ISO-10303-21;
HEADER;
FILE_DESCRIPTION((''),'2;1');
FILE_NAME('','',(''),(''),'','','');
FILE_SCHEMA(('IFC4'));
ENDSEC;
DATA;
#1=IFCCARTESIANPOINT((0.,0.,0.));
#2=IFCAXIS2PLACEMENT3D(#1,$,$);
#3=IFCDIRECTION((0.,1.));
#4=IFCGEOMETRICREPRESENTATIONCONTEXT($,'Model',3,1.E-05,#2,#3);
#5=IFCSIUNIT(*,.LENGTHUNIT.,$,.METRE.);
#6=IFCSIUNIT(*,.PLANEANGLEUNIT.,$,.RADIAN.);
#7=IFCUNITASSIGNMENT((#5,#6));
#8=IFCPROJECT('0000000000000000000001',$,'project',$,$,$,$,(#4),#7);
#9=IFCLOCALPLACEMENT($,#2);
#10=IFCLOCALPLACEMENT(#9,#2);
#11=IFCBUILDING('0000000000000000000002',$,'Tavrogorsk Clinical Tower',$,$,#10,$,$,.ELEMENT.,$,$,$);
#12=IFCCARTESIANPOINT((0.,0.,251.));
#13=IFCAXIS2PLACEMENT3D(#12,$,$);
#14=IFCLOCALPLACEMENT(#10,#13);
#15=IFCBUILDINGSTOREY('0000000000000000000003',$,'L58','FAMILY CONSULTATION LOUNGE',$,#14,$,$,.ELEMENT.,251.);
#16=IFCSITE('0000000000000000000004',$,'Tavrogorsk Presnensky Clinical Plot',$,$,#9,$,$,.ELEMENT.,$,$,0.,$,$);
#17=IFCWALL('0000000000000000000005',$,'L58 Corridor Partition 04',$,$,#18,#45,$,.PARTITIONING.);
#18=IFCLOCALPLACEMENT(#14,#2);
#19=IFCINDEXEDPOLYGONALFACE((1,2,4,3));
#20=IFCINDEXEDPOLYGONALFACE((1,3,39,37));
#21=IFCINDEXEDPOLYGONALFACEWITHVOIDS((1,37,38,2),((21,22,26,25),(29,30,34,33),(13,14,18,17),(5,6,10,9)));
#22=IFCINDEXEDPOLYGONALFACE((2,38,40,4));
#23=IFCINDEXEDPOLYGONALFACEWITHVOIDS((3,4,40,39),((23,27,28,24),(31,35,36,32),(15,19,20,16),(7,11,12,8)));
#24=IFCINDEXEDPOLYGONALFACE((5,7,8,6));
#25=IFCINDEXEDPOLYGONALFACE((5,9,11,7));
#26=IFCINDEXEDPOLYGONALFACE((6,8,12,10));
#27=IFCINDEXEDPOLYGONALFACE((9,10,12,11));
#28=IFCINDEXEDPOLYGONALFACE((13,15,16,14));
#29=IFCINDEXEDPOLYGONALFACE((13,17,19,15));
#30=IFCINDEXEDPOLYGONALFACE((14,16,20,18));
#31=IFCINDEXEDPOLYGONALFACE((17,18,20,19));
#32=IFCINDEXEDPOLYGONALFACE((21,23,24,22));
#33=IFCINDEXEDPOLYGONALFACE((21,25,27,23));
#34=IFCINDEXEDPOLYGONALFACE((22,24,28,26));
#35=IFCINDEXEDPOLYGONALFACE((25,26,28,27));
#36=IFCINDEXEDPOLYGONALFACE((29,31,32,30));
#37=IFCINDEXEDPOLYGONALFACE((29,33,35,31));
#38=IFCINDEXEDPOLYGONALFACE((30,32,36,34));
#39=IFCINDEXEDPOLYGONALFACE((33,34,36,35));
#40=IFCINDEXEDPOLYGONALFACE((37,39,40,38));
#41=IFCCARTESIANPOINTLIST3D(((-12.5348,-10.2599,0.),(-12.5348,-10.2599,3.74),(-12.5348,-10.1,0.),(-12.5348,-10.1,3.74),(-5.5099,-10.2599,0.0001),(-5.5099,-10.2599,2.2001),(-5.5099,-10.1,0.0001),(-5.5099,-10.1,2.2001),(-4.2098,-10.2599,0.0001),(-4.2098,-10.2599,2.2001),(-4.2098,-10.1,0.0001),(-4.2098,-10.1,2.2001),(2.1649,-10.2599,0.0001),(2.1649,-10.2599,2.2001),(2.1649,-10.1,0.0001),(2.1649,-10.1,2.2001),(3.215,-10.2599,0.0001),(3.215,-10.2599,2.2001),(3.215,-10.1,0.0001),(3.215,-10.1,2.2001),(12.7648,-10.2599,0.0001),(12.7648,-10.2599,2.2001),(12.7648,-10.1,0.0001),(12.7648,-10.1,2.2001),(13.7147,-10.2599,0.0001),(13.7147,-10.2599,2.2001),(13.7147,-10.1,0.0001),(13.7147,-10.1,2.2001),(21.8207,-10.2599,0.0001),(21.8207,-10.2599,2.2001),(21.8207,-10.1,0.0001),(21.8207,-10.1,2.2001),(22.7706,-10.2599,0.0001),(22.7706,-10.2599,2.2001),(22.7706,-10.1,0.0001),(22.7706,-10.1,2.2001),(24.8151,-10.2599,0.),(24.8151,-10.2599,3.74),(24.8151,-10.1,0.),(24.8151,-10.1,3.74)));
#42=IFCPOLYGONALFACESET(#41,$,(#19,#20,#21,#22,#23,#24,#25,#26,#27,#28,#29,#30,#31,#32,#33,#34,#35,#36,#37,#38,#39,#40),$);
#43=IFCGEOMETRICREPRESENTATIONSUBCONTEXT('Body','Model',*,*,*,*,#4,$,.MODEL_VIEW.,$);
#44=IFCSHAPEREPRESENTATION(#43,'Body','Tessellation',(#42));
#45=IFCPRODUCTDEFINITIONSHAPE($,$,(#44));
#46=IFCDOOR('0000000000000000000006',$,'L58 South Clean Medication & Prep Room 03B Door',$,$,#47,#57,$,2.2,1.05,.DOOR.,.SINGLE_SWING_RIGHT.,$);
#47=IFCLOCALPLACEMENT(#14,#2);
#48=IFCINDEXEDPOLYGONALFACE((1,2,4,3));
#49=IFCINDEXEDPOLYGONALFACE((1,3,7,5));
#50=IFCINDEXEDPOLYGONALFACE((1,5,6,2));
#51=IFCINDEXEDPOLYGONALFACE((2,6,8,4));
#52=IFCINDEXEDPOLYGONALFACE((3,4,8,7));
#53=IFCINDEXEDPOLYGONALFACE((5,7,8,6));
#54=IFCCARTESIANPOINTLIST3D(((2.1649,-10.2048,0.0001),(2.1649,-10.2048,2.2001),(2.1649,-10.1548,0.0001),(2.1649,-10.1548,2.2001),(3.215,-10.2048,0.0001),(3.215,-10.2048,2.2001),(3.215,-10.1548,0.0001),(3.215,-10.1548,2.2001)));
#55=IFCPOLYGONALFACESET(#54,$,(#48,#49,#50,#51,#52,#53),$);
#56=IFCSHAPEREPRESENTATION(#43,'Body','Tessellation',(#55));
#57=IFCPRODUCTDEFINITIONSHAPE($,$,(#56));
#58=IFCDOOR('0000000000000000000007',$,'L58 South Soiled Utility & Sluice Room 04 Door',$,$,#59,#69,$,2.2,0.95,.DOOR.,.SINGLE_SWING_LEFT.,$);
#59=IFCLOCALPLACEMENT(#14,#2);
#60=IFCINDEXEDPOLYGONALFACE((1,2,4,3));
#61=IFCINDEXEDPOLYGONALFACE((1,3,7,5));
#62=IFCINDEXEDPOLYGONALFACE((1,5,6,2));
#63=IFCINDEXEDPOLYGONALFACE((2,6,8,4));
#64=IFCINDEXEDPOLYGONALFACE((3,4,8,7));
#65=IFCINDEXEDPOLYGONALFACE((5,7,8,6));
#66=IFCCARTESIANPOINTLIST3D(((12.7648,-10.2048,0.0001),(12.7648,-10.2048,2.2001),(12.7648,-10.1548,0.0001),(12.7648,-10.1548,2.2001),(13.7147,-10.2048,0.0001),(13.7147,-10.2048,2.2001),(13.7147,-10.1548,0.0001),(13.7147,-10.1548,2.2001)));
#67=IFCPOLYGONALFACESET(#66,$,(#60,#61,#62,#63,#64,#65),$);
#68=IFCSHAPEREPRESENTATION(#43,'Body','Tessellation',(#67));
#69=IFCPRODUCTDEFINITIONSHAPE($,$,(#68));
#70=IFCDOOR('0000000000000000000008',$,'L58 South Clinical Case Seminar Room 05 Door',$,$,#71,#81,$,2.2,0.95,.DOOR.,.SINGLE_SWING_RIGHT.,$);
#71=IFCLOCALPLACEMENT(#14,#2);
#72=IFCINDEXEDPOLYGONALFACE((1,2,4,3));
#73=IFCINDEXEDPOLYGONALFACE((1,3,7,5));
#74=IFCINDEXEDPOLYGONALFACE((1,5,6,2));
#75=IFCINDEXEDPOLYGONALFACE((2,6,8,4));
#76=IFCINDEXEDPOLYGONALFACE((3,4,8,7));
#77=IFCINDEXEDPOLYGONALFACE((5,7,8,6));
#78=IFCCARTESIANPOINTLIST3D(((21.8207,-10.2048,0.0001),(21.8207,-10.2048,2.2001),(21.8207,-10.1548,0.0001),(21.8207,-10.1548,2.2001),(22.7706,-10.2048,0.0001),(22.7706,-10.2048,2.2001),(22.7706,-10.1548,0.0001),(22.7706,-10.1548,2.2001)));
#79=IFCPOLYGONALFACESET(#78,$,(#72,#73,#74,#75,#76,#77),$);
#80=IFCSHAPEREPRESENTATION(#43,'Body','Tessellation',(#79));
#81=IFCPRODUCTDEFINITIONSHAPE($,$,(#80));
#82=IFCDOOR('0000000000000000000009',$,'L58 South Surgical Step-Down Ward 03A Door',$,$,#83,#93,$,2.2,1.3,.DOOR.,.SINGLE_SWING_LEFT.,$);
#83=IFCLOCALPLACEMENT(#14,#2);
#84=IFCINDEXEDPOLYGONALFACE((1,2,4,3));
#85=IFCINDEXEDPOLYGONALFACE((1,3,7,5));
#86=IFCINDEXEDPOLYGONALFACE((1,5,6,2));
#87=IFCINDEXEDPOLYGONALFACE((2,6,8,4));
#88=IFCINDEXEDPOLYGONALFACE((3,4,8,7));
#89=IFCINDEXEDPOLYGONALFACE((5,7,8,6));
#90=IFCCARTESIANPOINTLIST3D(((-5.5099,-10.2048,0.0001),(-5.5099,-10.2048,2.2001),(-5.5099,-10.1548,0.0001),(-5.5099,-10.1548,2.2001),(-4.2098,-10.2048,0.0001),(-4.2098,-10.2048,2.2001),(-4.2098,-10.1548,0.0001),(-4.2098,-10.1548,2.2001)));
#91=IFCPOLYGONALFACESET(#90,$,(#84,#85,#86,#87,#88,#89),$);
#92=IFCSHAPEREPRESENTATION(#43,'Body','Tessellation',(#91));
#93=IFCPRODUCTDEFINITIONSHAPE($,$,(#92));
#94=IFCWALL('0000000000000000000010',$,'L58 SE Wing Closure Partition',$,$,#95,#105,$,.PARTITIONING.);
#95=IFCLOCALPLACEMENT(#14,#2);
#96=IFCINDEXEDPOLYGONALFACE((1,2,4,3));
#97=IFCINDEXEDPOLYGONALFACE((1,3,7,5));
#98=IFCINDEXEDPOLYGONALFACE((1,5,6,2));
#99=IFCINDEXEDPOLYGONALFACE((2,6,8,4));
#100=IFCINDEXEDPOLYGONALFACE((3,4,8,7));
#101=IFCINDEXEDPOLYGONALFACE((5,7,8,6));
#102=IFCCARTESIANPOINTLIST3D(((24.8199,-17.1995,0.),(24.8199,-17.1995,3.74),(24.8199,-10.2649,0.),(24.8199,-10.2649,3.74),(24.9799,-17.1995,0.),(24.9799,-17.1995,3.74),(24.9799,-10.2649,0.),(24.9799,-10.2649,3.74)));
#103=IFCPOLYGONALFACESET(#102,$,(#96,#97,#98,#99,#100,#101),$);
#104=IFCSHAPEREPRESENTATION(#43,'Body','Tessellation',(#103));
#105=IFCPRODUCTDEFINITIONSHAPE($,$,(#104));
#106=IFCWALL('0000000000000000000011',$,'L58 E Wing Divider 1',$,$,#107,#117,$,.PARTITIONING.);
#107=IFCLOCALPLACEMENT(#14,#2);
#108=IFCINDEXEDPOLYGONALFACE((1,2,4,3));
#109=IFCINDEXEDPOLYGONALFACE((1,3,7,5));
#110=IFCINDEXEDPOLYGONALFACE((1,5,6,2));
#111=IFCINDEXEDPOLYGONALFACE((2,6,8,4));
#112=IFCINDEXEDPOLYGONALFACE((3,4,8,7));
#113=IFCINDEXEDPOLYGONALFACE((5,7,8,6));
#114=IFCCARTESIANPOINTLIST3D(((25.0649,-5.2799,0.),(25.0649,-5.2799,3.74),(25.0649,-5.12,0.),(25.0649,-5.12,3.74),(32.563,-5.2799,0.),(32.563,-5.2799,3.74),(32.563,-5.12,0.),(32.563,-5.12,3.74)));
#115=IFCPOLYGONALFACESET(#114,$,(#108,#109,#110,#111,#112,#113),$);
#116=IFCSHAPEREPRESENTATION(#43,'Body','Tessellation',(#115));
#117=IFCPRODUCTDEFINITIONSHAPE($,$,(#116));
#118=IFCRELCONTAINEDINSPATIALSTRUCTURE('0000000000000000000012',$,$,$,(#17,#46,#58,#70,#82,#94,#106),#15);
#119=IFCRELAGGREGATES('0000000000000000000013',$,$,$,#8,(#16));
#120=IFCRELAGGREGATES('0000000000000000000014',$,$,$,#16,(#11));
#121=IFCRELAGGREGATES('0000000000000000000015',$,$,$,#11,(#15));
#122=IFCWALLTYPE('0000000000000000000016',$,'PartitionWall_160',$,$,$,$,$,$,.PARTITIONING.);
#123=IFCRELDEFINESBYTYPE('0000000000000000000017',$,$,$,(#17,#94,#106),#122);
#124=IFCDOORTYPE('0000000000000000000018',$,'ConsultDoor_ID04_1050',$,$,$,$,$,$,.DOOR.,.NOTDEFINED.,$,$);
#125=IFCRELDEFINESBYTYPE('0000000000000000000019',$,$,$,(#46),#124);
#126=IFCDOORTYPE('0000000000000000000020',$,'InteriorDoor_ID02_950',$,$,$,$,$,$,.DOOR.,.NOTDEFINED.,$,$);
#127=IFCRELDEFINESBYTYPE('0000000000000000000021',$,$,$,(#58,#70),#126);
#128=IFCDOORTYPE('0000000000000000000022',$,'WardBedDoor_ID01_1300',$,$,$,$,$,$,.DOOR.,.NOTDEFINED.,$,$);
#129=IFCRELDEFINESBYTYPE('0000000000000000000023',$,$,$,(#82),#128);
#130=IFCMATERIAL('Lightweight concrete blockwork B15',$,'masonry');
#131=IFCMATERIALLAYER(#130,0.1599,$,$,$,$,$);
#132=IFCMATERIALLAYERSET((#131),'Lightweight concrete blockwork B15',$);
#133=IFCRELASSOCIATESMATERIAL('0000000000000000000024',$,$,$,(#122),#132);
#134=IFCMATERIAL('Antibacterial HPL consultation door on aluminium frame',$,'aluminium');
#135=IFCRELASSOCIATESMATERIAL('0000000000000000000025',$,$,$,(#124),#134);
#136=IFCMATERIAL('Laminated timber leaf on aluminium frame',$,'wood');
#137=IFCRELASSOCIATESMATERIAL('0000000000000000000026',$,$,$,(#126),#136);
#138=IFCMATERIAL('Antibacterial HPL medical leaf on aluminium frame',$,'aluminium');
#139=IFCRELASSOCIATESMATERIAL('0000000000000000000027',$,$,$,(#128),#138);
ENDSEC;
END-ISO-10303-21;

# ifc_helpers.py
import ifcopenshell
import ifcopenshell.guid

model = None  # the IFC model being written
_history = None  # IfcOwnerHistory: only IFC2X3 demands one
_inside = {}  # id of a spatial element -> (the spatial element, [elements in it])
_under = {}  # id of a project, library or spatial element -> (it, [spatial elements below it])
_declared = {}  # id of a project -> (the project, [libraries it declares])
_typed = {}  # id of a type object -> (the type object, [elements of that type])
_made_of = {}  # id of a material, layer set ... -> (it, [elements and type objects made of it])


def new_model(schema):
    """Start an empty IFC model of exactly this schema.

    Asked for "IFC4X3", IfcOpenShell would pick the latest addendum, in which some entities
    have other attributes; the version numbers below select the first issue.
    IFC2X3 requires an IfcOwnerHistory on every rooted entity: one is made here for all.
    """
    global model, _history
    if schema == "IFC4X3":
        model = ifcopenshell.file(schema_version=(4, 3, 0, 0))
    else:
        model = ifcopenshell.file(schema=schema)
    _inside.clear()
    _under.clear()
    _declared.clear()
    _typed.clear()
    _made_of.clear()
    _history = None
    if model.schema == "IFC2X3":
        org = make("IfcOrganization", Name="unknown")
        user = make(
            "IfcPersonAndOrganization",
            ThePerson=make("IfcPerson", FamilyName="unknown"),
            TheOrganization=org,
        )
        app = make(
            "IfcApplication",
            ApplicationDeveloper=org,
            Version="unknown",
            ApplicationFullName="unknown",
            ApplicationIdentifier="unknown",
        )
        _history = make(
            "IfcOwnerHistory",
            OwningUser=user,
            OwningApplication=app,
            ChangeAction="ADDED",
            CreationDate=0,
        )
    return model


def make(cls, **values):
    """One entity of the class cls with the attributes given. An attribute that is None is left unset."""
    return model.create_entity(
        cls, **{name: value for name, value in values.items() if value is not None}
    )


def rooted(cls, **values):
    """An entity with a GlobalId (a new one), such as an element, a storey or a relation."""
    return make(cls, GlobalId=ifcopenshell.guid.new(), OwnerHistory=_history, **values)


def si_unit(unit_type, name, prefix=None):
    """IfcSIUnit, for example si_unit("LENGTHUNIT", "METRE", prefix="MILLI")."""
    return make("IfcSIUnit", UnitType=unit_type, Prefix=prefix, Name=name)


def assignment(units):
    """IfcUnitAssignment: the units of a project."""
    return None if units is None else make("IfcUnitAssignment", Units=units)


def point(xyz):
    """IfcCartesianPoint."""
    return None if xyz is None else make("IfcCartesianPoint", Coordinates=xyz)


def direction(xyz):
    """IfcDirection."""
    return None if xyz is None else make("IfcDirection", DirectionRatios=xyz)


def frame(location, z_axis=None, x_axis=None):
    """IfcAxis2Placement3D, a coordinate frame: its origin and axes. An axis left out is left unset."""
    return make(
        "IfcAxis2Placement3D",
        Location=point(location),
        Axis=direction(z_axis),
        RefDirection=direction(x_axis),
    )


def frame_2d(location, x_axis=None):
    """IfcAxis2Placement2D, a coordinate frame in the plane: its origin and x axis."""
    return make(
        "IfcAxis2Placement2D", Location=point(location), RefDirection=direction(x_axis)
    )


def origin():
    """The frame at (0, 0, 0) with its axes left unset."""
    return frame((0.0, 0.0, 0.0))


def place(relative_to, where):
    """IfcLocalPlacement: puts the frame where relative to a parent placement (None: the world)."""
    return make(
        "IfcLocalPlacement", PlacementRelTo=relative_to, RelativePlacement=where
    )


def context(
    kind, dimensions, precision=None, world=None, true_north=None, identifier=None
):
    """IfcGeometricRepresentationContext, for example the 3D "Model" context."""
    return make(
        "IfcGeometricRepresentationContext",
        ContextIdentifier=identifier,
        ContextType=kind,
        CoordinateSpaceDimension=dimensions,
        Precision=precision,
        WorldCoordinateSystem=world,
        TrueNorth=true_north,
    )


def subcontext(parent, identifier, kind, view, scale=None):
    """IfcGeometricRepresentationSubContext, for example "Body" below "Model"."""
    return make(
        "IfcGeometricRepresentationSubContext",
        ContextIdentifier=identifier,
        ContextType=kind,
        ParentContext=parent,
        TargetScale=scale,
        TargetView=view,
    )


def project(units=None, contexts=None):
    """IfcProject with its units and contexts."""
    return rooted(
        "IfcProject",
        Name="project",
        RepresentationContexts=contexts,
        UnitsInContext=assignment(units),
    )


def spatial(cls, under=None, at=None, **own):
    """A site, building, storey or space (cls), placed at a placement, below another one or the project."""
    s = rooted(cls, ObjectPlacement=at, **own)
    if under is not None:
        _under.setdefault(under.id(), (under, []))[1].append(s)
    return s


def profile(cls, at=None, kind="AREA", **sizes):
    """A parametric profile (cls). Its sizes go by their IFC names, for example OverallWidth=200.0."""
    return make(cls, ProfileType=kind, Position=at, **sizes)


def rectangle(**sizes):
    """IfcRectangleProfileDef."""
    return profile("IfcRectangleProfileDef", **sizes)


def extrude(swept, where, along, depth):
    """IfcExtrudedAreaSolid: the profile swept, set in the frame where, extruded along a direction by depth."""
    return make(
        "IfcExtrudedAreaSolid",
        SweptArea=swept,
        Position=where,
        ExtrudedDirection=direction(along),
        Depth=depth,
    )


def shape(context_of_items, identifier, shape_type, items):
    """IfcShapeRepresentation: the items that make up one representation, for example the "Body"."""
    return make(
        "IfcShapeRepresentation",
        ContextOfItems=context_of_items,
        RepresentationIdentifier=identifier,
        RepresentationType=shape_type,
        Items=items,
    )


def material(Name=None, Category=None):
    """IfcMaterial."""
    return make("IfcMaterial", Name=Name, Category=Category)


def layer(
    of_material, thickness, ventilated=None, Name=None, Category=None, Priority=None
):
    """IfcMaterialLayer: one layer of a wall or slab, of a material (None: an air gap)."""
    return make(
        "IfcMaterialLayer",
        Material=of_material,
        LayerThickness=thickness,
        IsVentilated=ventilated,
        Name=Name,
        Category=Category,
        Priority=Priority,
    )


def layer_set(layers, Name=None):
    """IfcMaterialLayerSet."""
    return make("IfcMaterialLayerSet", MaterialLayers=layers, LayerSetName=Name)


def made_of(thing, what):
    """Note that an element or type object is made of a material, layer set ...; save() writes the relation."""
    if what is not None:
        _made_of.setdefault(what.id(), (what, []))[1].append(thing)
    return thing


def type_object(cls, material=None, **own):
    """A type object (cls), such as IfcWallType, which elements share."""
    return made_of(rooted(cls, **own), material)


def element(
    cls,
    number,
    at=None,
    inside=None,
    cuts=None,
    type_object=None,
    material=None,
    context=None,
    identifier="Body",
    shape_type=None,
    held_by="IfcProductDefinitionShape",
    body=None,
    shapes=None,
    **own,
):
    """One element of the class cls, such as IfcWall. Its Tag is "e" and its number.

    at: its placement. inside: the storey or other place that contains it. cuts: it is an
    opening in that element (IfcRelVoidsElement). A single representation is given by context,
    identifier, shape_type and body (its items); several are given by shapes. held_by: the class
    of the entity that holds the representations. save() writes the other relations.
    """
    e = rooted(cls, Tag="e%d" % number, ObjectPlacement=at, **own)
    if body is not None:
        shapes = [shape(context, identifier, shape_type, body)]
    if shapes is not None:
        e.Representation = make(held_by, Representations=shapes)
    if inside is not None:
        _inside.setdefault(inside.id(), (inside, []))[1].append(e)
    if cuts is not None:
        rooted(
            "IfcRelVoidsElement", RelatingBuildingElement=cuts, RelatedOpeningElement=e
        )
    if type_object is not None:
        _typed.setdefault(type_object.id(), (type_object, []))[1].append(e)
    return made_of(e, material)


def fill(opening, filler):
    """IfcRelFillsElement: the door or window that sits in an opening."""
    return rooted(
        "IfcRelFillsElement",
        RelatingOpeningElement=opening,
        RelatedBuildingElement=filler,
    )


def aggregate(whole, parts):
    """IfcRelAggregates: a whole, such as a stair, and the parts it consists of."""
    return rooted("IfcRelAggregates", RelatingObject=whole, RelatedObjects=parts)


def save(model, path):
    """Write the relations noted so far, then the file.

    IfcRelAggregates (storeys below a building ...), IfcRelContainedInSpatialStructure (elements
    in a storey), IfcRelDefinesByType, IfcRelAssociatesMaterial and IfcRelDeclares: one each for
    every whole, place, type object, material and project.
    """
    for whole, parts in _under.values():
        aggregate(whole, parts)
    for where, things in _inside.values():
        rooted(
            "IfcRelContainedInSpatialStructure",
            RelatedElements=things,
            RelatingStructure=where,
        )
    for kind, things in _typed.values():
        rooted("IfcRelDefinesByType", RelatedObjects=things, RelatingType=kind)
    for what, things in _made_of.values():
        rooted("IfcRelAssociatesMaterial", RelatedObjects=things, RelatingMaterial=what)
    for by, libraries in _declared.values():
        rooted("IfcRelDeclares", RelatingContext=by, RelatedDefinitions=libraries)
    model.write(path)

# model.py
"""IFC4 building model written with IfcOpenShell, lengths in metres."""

from ifc_helpers import new_model, si_unit, direction, frame, frame_2d, origin, place, context, subcontext, project, spatial, rectangle, extrude, material, layer, layer_set, type_object, element, fill, save


model = new_model("IFC4")

# Units and contexts
model_context = context("Model", 3, precision=1e-05, world=origin(), true_north=direction((0.0, 1.0)))
body_context = subcontext(model_context, "Body", "Model", "MODEL_VIEW")
ifc_project = project(units=[si_unit("LENGTHUNIT", "METRE"), si_unit("PLANEANGLEUNIT", "RADIAN")], contexts=[model_context])

# Site, building, storey
site_placement = place(None, origin())
site = spatial("IfcSite", under=ifc_project, at=site_placement, Name="Tavrogorsk Presnensky Clinical Plot", CompositionType="ELEMENT", RefElevation=0.0)
building_placement = place(site_placement, origin())
building = spatial("IfcBuilding", under=site, at=building_placement, Name="Tavrogorsk Clinical Tower", CompositionType="ELEMENT")
storey_placement = place(building_placement, frame((0.0, 0.0, 251.0)))
storey = spatial("IfcBuildingStorey", under=building, at=storey_placement, Name="L58", Description="FAMILY CONSULTATION LOUNGE", CompositionType="ELEMENT", Elevation=251.0)

# Shared definitions
ifc_material_1 = material(Name="Lightweight concrete blockwork B15", Category="masonry")
ifc_layer_1 = layer(ifc_material_1, 0.1599)
ifc_layer_set_1 = layer_set([ifc_layer_1], Name="Lightweight concrete blockwork B15")
wall_type_1 = type_object("IfcWallType", Name="PartitionWall_160", PredefinedType="PARTITIONING", material=ifc_layer_set_1)

# Wall, openings, doors
wall_1_placement = place(storey_placement, frame((24.8149, -10.1799, 0.0), z_axis=(0.0, 0.0, 1.0), x_axis=(-1.0, 0.0, 0.0)))
wall_1 = element("IfcWall", 1, at=wall_1_placement, inside=storey, type_object=wall_type_1, Name="L58 Corridor Partition 04", PredefinedType="PARTITIONING", context=body_context, shape_type="SweptSolid", body=[
    extrude(rectangle(XDim=37.3499, YDim=0.1599, at=frame_2d((18.6748, 0.0))), origin(), (0.0, 0.0, 1.0), 3.74),
])
opening_1_placement = place(wall_1_placement, frame((29.0249, 0.0, 0.0)))
opening_1 = element("IfcOpeningElement", 2, at=opening_1_placement, cuts=wall_1, PredefinedType="OPENING", context=body_context, shape_type="SweptSolid", body=[
    extrude(rectangle(XDim=1.3, YDim=2.2, at=frame_2d((0.6499, 1.1001))), frame((0.0, 0.0898, 0.0), z_axis=(0.0, -1.0, 0.0), x_axis=(1.0, 0.0, 0.0)), (0.0, 0.0, 1.0), 0.1799),
])
opening_2_placement = place(wall_1_placement, frame((21.6001, 0.0, 0.0)))
opening_2 = element("IfcOpeningElement", 3, at=opening_2_placement, cuts=wall_1, PredefinedType="OPENING", context=body_context, shape_type="SweptSolid", body=[
    extrude(rectangle(XDim=1.05, YDim=2.2, at=frame_2d((0.5249, 1.1001))), frame((0.0, 0.0898, 0.0), z_axis=(0.0, -1.0, 0.0), x_axis=(1.0, 0.0, 0.0)), (0.0, 0.0, 1.0), 0.1799),
])
opening_3_placement = place(wall_1_placement, frame((11.1001, 0.0, 0.0)))
opening_3 = element("IfcOpeningElement", 4, at=opening_3_placement, cuts=wall_1, PredefinedType="OPENING", context=body_context, shape_type="SweptSolid", body=[
    extrude(rectangle(XDim=0.95, YDim=2.2, at=frame_2d((0.4751, 1.1001))), frame((0.0, 0.0898, 0.0), z_axis=(0.0, -1.0, 0.0), x_axis=(1.0, 0.0, 0.0)), (0.0, 0.0, 1.0), 0.1799),
])
opening_4_placement = place(wall_1_placement, frame((2.0442, 0.0, 0.0)))
opening_4 = element("IfcOpeningElement", 5, at=opening_4_placement, cuts=wall_1, PredefinedType="OPENING", context=body_context, shape_type="SweptSolid", body=[
    extrude(rectangle(XDim=0.95, YDim=2.2, at=frame_2d((0.4751, 1.1001))), frame((0.0, 0.0898, 0.0), z_axis=(0.0, -1.0, 0.0), x_axis=(1.0, 0.0, 0.0)), (0.0, 0.0, 1.0), 0.1799),
])
ifc_material_2 = material(Name="Antibacterial HPL consultation door on aluminium frame", Category="aluminium")
door_type_1 = type_object("IfcDoorType", Name="ConsultDoor_ID04_1050", OperationType="NOTDEFINED", PredefinedType="DOOR", material=ifc_material_2)
door_1_placement = place(opening_2_placement, origin())
door_1 = element("IfcDoor", 6, at=door_1_placement, inside=storey, type_object=door_type_1, Name="L58 South Clean Medication & Prep Room 03B Door", OperationType="SINGLE_SWING_RIGHT", OverallHeight=2.2, OverallWidth=1.05, PredefinedType="DOOR", context=body_context, shape_type="SweptSolid", body=[
    extrude(rectangle(XDim=1.05, YDim=2.2, at=frame_2d((0.5249, 1.1001))), frame((0.0, 0.0249, 0.0), z_axis=(0.0, -1.0, 0.0), x_axis=(1.0, 0.0, 0.0)), (0.0, 0.0, 1.0), 0.05),
])
fill(opening_2, door_1)
ifc_material_3 = material(Name="Laminated timber leaf on aluminium frame", Category="wood")
door_type_2 = type_object("IfcDoorType", Name="InteriorDoor_ID02_950", OperationType="NOTDEFINED", PredefinedType="DOOR", material=ifc_material_3)
door_2_placement = place(opening_3_placement, origin())
door_2 = element("IfcDoor", 7, at=door_2_placement, inside=storey, type_object=door_type_2, Name="L58 South Soiled Utility & Sluice Room 04 Door", OperationType="SINGLE_SWING_LEFT", OverallHeight=2.2, OverallWidth=0.95, PredefinedType="DOOR", context=body_context, shape_type="SweptSolid", body=[
    extrude(rectangle(XDim=0.95, YDim=2.2, at=frame_2d((0.4751, 1.1001))), frame((0.0, 0.0249, 0.0), z_axis=(0.0, -1.0, 0.0), x_axis=(1.0, 0.0, 0.0)), (0.0, 0.0, 1.0), 0.05),
])
fill(opening_3, door_2)
door_3_placement = place(opening_4_placement, origin())
door_3 = element("IfcDoor", 8, at=door_3_placement, inside=storey, type_object=door_type_2, Name="L58 South Clinical Case Seminar Room 05 Door", OperationType="SINGLE_SWING_RIGHT", OverallHeight=2.2, OverallWidth=0.95, PredefinedType="DOOR", context=body_context, shape_type="SweptSolid", body=[
    extrude(rectangle(XDim=0.95, YDim=2.2, at=frame_2d((0.4751, 1.1001))), frame((0.0, 0.0249, 0.0), z_axis=(0.0, -1.0, 0.0), x_axis=(1.0, 0.0, 0.0)), (0.0, 0.0, 1.0), 0.05),
])
fill(opening_4, door_3)
ifc_material_4 = material(Name="Antibacterial HPL medical leaf on aluminium frame", Category="aluminium")
door_type_3 = type_object("IfcDoorType", Name="WardBedDoor_ID01_1300", OperationType="NOTDEFINED", PredefinedType="DOOR", material=ifc_material_4)
door_4_placement = place(opening_1_placement, origin())
door_4 = element("IfcDoor", 9, at=door_4_placement, inside=storey, type_object=door_type_3, Name="L58 South Surgical Step-Down Ward 03A Door", OperationType="SINGLE_SWING_LEFT", OverallHeight=2.2, OverallWidth=1.3, PredefinedType="DOOR", context=body_context, shape_type="SweptSolid", body=[
    extrude(rectangle(XDim=1.3, YDim=2.2, at=frame_2d((0.6499, 1.1001))), frame((0.0, 0.0249, 0.0), z_axis=(0.0, -1.0, 0.0), x_axis=(1.0, 0.0, 0.0)), (0.0, 0.0, 1.0), 0.05),
])
fill(opening_1, door_4)

# Walls
wall_2_placement = place(storey_placement, frame((24.8999, -17.1995, 0.0), z_axis=(0.0, 0.0, 1.0), x_axis=(0.0, 1.0, 0.0)))
element("IfcWall", 10, at=wall_2_placement, inside=storey, type_object=wall_type_1, Name="L58 SE Wing Closure Partition", PredefinedType="PARTITIONING", context=body_context, shape_type="SweptSolid", body=[
    extrude(rectangle(XDim=6.9346, YDim=0.1599, at=frame_2d((3.4673, 0.0))), origin(), (0.0, 0.0, 1.0), 3.74),
])
wall_3_placement = place(storey_placement, frame((25.0649, -5.2, 0.0), z_axis=(0.0, 0.0, 1.0), x_axis=(1.0, 0.0, 0.0)))
element("IfcWall", 11, at=wall_3_placement, inside=storey, type_object=wall_type_1, Name="L58 E Wing Divider 1", PredefinedType="PARTITIONING", context=body_context, shape_type="SweptSolid", body=[
    extrude(rectangle(XDim=7.498, YDim=0.1599, at=frame_2d((3.749, 0.0))), origin(), (0.0, 0.0, 1.0), 3.74),
])

save(model, "model.ifc")
